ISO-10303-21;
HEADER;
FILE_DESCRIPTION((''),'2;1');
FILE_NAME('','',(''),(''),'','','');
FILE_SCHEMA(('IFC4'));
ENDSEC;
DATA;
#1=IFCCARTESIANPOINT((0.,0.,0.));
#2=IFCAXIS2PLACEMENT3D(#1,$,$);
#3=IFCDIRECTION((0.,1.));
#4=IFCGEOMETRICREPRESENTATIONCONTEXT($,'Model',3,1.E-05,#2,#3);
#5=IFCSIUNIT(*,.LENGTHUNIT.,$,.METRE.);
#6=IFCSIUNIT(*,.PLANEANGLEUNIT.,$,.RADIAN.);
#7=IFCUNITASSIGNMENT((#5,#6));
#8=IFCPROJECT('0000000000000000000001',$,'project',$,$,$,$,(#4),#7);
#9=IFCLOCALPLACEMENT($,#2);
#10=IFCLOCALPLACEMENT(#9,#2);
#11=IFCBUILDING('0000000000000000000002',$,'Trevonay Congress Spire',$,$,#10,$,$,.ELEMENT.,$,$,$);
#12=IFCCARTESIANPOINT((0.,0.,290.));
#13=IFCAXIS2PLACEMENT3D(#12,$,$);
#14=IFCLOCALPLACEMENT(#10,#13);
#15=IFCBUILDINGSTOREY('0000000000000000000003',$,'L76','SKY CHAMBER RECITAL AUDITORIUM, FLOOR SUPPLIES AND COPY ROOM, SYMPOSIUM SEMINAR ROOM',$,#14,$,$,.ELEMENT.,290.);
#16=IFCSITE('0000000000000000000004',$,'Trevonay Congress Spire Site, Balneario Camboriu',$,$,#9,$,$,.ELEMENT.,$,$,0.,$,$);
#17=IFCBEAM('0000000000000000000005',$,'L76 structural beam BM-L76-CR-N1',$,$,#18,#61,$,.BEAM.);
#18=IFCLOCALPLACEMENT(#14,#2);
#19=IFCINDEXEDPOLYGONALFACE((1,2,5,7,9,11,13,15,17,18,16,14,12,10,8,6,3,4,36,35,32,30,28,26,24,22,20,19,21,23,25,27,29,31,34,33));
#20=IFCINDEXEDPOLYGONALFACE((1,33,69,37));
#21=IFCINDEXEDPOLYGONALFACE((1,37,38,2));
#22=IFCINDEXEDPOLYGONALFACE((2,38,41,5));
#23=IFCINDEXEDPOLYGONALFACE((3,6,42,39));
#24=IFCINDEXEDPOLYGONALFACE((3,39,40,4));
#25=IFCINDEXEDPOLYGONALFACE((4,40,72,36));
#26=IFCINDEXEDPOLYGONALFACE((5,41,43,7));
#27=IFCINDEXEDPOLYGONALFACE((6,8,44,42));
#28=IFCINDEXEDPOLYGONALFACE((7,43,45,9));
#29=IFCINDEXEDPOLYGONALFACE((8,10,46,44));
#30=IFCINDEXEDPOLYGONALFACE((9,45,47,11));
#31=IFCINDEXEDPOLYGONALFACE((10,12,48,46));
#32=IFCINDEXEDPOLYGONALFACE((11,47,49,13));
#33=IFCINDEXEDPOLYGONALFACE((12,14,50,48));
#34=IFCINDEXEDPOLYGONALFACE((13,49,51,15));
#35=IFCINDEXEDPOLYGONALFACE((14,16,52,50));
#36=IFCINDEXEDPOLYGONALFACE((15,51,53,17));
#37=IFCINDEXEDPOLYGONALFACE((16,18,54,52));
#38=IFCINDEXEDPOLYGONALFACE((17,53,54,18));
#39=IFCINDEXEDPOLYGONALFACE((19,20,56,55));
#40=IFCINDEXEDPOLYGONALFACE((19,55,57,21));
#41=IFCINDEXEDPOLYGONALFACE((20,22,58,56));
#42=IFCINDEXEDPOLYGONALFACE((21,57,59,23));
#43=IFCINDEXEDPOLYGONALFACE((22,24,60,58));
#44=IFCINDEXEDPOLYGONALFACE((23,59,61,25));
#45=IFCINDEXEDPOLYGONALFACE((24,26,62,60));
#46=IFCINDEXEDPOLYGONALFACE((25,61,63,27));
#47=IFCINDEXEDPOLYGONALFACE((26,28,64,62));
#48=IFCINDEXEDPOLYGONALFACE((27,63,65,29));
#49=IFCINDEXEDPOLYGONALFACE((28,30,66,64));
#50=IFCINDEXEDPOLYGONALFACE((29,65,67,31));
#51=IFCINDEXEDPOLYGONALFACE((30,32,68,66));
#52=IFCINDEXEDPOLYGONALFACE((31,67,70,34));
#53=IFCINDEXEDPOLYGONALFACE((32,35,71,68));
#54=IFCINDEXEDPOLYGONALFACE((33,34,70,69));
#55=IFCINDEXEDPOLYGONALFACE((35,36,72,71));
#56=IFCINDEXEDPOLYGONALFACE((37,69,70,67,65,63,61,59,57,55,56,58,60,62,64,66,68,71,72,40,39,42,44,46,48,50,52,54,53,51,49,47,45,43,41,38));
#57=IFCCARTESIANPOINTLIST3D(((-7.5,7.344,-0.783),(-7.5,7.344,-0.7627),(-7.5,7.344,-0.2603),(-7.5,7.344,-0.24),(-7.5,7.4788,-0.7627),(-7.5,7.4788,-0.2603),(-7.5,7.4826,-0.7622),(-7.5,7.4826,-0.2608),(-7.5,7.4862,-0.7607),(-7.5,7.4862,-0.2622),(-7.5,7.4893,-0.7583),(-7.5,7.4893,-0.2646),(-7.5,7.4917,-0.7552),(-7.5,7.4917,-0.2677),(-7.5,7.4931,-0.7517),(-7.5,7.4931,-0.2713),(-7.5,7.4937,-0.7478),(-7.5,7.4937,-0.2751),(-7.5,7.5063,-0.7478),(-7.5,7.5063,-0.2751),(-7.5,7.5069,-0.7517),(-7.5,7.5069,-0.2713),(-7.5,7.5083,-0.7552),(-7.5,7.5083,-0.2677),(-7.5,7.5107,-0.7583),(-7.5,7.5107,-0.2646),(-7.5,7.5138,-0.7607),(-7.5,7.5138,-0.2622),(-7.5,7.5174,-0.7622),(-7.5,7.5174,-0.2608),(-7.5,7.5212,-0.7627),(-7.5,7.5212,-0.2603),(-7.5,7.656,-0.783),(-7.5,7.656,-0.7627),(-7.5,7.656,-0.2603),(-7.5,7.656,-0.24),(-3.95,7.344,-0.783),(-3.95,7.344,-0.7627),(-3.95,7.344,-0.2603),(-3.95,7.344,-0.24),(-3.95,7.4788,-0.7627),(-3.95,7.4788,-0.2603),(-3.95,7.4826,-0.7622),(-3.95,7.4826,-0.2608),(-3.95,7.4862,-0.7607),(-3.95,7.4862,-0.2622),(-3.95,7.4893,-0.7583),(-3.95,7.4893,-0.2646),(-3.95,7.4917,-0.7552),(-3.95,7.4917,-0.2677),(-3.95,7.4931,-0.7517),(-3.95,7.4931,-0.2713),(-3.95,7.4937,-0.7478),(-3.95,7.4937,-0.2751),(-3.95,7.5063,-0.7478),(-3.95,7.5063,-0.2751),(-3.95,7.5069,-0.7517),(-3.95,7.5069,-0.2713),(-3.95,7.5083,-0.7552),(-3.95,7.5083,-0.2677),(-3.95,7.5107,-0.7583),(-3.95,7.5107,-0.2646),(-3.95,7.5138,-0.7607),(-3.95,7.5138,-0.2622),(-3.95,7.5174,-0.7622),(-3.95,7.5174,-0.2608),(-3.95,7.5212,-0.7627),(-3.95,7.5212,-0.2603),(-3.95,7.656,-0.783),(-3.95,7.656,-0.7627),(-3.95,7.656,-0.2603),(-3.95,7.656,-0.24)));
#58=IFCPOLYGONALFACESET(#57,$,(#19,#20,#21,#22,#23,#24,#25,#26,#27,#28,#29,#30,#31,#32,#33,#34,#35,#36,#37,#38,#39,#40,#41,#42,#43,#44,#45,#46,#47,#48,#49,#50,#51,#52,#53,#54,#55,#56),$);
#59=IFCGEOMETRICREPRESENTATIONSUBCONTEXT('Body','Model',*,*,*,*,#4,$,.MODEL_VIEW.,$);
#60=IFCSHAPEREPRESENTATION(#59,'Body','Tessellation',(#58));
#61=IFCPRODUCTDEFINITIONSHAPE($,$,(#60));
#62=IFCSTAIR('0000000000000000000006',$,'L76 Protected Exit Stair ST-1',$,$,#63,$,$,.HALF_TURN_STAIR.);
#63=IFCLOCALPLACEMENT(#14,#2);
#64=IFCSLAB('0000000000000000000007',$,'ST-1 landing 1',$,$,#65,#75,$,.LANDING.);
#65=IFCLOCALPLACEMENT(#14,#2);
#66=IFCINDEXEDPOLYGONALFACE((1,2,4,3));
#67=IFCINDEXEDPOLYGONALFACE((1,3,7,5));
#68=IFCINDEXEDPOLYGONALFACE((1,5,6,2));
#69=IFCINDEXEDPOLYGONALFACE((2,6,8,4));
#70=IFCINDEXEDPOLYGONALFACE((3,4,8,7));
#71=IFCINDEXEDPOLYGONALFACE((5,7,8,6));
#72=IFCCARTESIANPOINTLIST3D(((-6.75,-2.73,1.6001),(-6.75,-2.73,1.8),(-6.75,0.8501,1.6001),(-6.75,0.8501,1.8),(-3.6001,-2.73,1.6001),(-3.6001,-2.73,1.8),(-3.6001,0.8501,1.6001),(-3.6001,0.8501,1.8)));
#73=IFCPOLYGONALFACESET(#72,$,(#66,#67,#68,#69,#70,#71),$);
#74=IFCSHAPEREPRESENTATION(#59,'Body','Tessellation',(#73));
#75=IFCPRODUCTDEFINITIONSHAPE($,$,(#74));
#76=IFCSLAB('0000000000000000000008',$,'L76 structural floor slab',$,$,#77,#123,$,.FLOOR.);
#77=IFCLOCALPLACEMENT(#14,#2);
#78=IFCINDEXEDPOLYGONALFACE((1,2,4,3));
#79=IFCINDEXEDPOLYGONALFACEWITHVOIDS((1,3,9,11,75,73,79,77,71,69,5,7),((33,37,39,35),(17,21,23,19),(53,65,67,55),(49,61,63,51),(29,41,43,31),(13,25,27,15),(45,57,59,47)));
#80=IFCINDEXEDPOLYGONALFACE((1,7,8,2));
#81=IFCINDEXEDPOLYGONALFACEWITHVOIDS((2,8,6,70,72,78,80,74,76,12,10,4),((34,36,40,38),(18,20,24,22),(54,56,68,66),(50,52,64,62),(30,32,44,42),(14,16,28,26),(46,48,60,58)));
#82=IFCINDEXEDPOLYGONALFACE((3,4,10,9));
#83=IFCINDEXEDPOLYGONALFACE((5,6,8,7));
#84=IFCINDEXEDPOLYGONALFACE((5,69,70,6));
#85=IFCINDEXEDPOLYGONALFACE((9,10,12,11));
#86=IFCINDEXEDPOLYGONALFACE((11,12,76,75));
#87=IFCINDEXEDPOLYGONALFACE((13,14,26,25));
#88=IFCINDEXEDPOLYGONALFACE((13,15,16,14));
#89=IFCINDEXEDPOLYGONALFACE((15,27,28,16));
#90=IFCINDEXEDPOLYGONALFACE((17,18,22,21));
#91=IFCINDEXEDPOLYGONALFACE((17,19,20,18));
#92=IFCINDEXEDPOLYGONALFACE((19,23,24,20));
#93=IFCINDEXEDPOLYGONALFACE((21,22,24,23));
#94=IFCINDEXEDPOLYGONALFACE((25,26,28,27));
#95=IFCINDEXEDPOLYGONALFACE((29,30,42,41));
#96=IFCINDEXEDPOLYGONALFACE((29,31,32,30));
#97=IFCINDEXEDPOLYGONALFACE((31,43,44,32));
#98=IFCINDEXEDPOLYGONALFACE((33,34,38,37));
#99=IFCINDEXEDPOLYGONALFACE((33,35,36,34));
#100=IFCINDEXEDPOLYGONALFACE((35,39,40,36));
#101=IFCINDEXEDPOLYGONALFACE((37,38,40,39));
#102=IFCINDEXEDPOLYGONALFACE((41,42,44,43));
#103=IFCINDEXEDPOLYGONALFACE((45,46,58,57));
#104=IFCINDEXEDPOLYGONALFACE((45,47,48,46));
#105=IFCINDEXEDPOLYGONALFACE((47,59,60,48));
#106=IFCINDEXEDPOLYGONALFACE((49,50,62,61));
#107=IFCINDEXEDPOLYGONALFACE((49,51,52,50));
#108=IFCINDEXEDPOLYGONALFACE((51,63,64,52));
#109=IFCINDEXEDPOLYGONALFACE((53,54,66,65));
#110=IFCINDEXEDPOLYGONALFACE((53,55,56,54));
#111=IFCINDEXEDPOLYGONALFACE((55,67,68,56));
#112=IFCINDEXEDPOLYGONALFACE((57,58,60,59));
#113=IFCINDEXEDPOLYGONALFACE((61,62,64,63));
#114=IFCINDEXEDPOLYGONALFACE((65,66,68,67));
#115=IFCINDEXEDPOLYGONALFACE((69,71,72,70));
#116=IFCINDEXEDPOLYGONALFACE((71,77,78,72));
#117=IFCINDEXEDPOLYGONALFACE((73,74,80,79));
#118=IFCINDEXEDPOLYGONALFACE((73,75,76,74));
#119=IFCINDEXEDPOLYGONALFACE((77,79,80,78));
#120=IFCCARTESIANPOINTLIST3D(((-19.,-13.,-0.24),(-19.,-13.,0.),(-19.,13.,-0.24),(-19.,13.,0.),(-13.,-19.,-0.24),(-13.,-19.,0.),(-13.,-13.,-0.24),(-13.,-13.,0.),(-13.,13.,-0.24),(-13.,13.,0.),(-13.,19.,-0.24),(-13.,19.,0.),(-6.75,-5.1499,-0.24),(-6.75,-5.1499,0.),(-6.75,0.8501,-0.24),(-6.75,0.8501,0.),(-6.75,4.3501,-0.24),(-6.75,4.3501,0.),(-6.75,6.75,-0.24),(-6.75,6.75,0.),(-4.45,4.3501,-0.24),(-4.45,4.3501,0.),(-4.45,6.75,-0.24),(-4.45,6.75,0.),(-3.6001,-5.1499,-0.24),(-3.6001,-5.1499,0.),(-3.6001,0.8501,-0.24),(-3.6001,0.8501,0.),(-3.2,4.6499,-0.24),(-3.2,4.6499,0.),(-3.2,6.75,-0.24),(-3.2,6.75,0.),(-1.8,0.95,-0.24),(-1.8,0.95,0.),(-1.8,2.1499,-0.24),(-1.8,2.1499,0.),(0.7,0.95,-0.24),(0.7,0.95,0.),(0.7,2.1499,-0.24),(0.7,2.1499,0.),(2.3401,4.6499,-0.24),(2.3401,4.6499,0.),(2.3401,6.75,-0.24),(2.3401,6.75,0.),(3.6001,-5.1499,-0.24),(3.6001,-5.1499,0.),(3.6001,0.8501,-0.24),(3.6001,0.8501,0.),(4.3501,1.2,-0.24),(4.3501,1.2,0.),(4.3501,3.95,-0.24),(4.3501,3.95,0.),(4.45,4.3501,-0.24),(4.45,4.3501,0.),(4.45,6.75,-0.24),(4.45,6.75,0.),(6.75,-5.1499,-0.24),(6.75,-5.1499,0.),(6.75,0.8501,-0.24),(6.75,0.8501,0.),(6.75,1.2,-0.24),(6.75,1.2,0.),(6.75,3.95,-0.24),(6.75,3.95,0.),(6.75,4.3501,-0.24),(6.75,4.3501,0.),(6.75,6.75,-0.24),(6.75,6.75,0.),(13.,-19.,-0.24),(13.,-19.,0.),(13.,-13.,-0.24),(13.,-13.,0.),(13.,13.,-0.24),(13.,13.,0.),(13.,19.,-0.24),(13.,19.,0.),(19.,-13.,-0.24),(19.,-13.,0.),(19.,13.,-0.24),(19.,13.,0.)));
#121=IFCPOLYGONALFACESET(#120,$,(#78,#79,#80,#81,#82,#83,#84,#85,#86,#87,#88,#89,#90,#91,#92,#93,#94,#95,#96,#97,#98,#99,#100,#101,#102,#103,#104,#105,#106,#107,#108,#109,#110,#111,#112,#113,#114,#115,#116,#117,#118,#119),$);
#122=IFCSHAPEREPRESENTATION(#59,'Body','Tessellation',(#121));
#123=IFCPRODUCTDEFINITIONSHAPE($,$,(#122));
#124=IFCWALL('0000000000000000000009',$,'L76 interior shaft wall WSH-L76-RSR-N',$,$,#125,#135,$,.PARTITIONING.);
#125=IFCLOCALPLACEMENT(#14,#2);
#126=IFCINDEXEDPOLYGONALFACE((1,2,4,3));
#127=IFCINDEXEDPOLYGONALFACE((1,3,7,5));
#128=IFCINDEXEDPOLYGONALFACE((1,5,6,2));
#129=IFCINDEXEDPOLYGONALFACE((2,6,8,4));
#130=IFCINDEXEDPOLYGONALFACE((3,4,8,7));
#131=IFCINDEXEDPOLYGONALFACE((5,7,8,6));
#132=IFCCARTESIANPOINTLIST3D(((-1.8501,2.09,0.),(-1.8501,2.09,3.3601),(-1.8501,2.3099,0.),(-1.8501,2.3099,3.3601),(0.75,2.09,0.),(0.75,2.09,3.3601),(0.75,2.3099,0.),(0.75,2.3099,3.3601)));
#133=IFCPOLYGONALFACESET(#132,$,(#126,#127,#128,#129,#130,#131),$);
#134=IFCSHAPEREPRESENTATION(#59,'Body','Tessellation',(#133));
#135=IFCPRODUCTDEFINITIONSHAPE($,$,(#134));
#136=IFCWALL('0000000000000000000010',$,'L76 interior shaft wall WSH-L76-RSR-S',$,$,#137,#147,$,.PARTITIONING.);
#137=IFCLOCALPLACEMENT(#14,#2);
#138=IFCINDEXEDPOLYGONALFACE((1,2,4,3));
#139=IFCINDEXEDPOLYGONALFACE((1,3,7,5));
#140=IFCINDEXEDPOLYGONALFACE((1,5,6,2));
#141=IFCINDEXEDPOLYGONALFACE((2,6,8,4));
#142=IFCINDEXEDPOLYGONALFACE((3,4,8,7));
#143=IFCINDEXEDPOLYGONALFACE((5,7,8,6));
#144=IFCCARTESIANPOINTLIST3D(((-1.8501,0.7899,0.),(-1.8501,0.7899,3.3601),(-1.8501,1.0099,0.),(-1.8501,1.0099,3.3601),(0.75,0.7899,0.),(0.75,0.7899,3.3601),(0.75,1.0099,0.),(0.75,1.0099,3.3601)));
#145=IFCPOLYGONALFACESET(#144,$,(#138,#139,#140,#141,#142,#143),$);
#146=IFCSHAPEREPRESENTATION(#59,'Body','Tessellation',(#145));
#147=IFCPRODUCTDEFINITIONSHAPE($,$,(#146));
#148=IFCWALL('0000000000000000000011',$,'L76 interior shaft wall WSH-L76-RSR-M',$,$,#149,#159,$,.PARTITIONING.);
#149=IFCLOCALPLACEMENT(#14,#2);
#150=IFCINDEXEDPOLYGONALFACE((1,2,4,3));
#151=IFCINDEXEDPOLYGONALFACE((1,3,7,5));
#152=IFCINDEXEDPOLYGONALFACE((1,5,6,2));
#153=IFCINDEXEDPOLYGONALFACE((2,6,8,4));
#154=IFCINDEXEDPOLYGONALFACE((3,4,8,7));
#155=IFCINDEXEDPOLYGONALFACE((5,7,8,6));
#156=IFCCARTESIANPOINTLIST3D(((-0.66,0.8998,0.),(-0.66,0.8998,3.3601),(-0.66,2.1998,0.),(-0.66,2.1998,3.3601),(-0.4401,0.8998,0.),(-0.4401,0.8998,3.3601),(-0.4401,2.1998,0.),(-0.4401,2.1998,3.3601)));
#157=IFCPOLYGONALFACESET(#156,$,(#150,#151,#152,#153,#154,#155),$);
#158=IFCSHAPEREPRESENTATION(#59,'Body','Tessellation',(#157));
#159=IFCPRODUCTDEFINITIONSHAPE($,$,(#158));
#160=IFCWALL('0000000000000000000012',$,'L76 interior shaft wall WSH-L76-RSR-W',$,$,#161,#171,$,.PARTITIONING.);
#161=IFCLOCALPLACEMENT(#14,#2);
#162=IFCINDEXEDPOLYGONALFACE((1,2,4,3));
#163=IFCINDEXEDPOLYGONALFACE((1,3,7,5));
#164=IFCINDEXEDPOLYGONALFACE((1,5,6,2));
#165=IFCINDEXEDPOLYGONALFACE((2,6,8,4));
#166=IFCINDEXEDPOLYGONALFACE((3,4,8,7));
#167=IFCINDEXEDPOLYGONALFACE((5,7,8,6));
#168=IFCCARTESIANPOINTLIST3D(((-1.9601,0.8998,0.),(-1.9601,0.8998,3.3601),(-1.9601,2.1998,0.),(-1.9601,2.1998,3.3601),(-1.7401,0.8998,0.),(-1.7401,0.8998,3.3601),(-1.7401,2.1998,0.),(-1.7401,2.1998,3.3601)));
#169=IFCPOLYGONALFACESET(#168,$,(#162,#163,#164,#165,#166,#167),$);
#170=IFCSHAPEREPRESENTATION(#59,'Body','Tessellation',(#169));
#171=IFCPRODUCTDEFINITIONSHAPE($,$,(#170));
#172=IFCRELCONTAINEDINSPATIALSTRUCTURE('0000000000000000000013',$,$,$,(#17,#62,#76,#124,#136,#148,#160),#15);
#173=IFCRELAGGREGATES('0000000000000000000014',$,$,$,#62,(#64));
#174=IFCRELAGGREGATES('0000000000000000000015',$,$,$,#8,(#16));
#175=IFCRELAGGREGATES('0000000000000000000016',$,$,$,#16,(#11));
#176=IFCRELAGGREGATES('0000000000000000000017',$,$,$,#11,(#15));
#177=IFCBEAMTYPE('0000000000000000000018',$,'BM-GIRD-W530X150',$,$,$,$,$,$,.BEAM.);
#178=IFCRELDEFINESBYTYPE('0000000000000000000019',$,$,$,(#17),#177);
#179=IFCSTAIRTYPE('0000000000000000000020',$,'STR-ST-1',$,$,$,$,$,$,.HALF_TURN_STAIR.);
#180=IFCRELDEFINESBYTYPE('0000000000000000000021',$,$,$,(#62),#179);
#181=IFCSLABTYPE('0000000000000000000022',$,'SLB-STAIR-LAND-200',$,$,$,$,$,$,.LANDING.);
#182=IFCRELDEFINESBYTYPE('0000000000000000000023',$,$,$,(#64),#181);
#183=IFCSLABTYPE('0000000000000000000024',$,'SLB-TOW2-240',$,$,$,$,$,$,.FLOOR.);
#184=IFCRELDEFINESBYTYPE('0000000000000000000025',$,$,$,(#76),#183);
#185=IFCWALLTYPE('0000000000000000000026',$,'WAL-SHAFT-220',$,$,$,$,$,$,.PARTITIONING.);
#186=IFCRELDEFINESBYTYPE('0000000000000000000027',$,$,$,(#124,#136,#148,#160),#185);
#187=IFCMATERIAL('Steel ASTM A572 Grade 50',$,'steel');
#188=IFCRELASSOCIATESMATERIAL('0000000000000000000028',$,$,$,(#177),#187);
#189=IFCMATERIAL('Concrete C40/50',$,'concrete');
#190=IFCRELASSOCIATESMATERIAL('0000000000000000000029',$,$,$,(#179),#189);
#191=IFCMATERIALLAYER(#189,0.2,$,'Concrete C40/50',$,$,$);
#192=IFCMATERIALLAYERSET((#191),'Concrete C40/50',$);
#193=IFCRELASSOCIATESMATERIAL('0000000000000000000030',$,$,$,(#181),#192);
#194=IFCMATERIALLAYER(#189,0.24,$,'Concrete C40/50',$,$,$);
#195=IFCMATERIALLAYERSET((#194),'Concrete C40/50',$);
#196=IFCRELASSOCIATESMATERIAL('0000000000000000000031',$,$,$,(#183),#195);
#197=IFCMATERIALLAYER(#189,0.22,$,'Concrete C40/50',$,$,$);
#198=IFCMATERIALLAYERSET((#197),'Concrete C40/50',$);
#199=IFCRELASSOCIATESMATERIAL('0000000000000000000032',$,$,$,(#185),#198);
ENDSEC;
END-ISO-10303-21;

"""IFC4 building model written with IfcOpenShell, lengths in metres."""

from ifc_helpers import new_model, si_unit, direction, frame, frame_2d, origin, origin_2d, place, context, subcontext, project, spatial, polyline, rectangle, i_section, outline, extrude, material, layer, layer_set, material_profile, profile_set, type_object, element, aggregate, save


model = new_model("IFC4")

# Units and contexts
model_context = context("Model", 3, precision=1e-05, world=origin(), true_north=direction((0.0, 1.0)))
body_context = subcontext(model_context, "Body", "Model", "MODEL_VIEW")
ifc_project = project(units=[si_unit("LENGTHUNIT", "METRE"), si_unit("PLANEANGLEUNIT", "RADIAN")], contexts=[model_context])

# Site, building, storey
site_placement = place(None, origin())
site = spatial("IfcSite", under=ifc_project, at=site_placement, Name="Trevonay Congress Spire Site, Balneario Camboriu", CompositionType="ELEMENT", RefElevation=0.0)
building_placement = place(site_placement, origin())
building = spatial("IfcBuilding", under=site, at=building_placement, Name="Trevonay Congress Spire", CompositionType="ELEMENT")
storey_placement = place(building_placement, frame((0.0, 0.0, 290.0)))
storey = spatial("IfcBuildingStorey", under=building, at=storey_placement, Name="L76", Description="SKY CHAMBER RECITAL AUDITORIUM, FLOOR SUPPLIES AND COPY ROOM, SYMPOSIUM SEMINAR ROOM", CompositionType="ELEMENT", Elevation=290.0)

# Beam
ifc_material_1 = material(Name="Steel ASTM A572 Grade 50", Category="steel")
ifc_material_profile = material_profile(ifc_material_1, i_section(OverallWidth=0.312, OverallDepth=0.543, WebThickness=0.0127, FlangeThickness=0.0203, FilletRadius=0.0149, at=origin_2d()), Name="W530x150")
ifc_profile_set = profile_set([ifc_material_profile], Name="Steel ASTM A572 Grade 50")
beam_type = type_object("IfcBeamType", Name="BM-GIRD-W530X150", PredefinedType="BEAM", material=ifc_profile_set)
beam_placement = place(storey_placement, frame((-7.5, 7.5, -0.5115), z_axis=(1.0, 0.0, 0.0), x_axis=(0.0, 1.0, 0.0)))
element("IfcBeam", 1, at=beam_placement, inside=storey, type_object=beam_type, Name="L76 structural beam BM-L76-CR-N1", PredefinedType="BEAM", context=body_context, shape_type="SweptSolid", body=[
    extrude(i_section(OverallWidth=0.312, OverallDepth=0.543, WebThickness=0.0127, FlangeThickness=0.0203, FilletRadius=0.0149, at=origin_2d()), origin(), (0.0, 0.0, 1.0), 3.55),
])

# Stair, slab
ifc_material_2 = material(Name="Concrete C40/50", Category="concrete")
stair_type = type_object("IfcStairType", Name="STR-ST-1", PredefinedType="HALF_TURN_STAIR", material=ifc_material_2)
stair_placement = place(storey_placement, origin())
stair = element("IfcStair", 2, at=stair_placement, inside=storey, type_object=stair_type, Name="L76 Protected Exit Stair ST-1", PredefinedType="HALF_TURN_STAIR")
ifc_layer_1 = layer(ifc_material_2, 0.2, Name="Concrete C40/50")
ifc_layer_set_1 = layer_set([ifc_layer_1], Name="Concrete C40/50")
slab_type_1 = type_object("IfcSlabType", Name="SLB-STAIR-LAND-200", PredefinedType="LANDING", material=ifc_layer_set_1)
slab_1_placement = place(storey_placement, frame((0.0, 0.0, 1.6001)))
slab_1 = element("IfcSlab", 3, at=slab_1_placement, type_object=slab_type_1, Name="ST-1 landing 1", PredefinedType="LANDING", context=body_context, shape_type="SweptSolid", body=[
    extrude(outline(polyline([(-3.6001, -2.73), (-3.6001, 0.8501), (-6.75, 0.8501), (-6.75, -2.73), (-3.6001, -2.73)])), origin(), (0.0, 0.0, 1.0), 0.2),
])
aggregate(stair, [slab_1])

# Slab
ifc_layer_2 = layer(ifc_material_2, 0.24, Name="Concrete C40/50")
ifc_layer_set_2 = layer_set([ifc_layer_2], Name="Concrete C40/50")
slab_type_2 = type_object("IfcSlabType", Name="SLB-TOW2-240", PredefinedType="FLOOR", material=ifc_layer_set_2)
slab_2_placement = place(storey_placement, frame((0.0, 0.0, -0.24)))
element("IfcSlab", 4, at=slab_2_placement, inside=storey, type_object=slab_type_2, Name="L76 structural floor slab", PredefinedType="FLOOR", context=body_context, shape_type="SweptSolid", body=[
    extrude(outline(polyline([(-13.0, -19.0), (13.0, -19.0), (13.0, -13.0), (19.0, -13.0), (19.0, 13.0), (13.0, 13.0), (13.0, 19.0), (-13.0, 19.0), (-13.0, 13.0), (-19.0, 13.0), (-19.0, -13.0), (-13.0, -13.0), (-13.0, -19.0)]), holes=[polyline([(-3.6001, -5.1499), (-3.6001, 0.8501), (-6.75, 0.8501), (-6.75, -5.1499), (-3.6001, -5.1499)]), polyline([(6.75, -5.1499), (6.75, 0.8501), (3.6001, 0.8501), (3.6001, -5.1499), (6.75, -5.1499)]), polyline([(-3.2, 4.6499), (2.3401, 4.6499), (2.3401, 6.75), (-3.2, 6.75), (-3.2, 4.6499)]), polyline([(-6.75, 4.3501), (-4.45, 4.3501), (-4.45, 6.75), (-6.75, 6.75), (-6.75, 4.3501)]), polyline([(4.45, 4.3501), (6.75, 4.3501), (6.75, 6.75), (4.45, 6.75), (4.45, 4.3501)]), polyline([(4.3501, 1.2), (6.75, 1.2), (6.75, 3.95), (4.3501, 3.95), (4.3501, 1.2)]), polyline([(-1.8, 0.95), (0.7, 0.95), (0.7, 2.1499), (-1.8, 2.1499), (-1.8, 0.95)])]), origin(), (0.0, 0.0, 1.0), 0.24),
])

# Walls
ifc_layer_3 = layer(ifc_material_2, 0.22, Name="Concrete C40/50")
ifc_layer_set_3 = layer_set([ifc_layer_3], Name="Concrete C40/50")
wall_type_1 = type_object("IfcWallType", Name="WAL-SHAFT-220", PredefinedType="PARTITIONING", material=ifc_layer_set_3)
for number, where, z_axis, x_axis, name in (
    (5, (-1.8501, 2.2, 0.0), (0.0, 0.0, 1.0), (1.0, 0.0, 0.0), "L76 interior shaft wall WSH-L76-RSR-N"),
    (6, (-1.8501, 0.8999, 0.0), (0.0, 0.0, 1.0), (1.0, 0.0, 0.0), "L76 interior shaft wall WSH-L76-RSR-S"),
):
    element("IfcWall", number, at=place(storey_placement, frame(where, z_axis=z_axis, x_axis=x_axis)), inside=storey, type_object=wall_type_1, Name=name, PredefinedType="PARTITIONING", context=body_context, shape_type="SweptSolid", body=[
        extrude(rectangle(XDim=2.6001, YDim=0.22, at=frame_2d((1.3, 0.0))), origin(), (0.0, 0.0, 1.0), 3.3601),
    ])
for number, where, z_axis, x_axis, name in (
    (7, (-0.55, 0.8999, 0.0), (0.0, 0.0, 1.0), (0.0, 1.0, 0.0), "L76 interior shaft wall WSH-L76-RSR-M"),
    (8, (-1.8501, 0.8999, 0.0), (0.0, 0.0, 1.0), (0.0, 1.0, 0.0), "L76 interior shaft wall WSH-L76-RSR-W"),
):
    element("IfcWall", number, at=place(storey_placement, frame(where, z_axis=z_axis, x_axis=x_axis)), inside=storey, type_object=wall_type_1, Name=name, PredefinedType="PARTITIONING", context=body_context, shape_type="SweptSolid", body=[
        extrude(rectangle(XDim=1.3, YDim=0.22, at=frame_2d((0.6499, 0.0))), origin(), (0.0, 0.0, 1.0), 3.3601),
    ])

save(model, "model.ifc")
